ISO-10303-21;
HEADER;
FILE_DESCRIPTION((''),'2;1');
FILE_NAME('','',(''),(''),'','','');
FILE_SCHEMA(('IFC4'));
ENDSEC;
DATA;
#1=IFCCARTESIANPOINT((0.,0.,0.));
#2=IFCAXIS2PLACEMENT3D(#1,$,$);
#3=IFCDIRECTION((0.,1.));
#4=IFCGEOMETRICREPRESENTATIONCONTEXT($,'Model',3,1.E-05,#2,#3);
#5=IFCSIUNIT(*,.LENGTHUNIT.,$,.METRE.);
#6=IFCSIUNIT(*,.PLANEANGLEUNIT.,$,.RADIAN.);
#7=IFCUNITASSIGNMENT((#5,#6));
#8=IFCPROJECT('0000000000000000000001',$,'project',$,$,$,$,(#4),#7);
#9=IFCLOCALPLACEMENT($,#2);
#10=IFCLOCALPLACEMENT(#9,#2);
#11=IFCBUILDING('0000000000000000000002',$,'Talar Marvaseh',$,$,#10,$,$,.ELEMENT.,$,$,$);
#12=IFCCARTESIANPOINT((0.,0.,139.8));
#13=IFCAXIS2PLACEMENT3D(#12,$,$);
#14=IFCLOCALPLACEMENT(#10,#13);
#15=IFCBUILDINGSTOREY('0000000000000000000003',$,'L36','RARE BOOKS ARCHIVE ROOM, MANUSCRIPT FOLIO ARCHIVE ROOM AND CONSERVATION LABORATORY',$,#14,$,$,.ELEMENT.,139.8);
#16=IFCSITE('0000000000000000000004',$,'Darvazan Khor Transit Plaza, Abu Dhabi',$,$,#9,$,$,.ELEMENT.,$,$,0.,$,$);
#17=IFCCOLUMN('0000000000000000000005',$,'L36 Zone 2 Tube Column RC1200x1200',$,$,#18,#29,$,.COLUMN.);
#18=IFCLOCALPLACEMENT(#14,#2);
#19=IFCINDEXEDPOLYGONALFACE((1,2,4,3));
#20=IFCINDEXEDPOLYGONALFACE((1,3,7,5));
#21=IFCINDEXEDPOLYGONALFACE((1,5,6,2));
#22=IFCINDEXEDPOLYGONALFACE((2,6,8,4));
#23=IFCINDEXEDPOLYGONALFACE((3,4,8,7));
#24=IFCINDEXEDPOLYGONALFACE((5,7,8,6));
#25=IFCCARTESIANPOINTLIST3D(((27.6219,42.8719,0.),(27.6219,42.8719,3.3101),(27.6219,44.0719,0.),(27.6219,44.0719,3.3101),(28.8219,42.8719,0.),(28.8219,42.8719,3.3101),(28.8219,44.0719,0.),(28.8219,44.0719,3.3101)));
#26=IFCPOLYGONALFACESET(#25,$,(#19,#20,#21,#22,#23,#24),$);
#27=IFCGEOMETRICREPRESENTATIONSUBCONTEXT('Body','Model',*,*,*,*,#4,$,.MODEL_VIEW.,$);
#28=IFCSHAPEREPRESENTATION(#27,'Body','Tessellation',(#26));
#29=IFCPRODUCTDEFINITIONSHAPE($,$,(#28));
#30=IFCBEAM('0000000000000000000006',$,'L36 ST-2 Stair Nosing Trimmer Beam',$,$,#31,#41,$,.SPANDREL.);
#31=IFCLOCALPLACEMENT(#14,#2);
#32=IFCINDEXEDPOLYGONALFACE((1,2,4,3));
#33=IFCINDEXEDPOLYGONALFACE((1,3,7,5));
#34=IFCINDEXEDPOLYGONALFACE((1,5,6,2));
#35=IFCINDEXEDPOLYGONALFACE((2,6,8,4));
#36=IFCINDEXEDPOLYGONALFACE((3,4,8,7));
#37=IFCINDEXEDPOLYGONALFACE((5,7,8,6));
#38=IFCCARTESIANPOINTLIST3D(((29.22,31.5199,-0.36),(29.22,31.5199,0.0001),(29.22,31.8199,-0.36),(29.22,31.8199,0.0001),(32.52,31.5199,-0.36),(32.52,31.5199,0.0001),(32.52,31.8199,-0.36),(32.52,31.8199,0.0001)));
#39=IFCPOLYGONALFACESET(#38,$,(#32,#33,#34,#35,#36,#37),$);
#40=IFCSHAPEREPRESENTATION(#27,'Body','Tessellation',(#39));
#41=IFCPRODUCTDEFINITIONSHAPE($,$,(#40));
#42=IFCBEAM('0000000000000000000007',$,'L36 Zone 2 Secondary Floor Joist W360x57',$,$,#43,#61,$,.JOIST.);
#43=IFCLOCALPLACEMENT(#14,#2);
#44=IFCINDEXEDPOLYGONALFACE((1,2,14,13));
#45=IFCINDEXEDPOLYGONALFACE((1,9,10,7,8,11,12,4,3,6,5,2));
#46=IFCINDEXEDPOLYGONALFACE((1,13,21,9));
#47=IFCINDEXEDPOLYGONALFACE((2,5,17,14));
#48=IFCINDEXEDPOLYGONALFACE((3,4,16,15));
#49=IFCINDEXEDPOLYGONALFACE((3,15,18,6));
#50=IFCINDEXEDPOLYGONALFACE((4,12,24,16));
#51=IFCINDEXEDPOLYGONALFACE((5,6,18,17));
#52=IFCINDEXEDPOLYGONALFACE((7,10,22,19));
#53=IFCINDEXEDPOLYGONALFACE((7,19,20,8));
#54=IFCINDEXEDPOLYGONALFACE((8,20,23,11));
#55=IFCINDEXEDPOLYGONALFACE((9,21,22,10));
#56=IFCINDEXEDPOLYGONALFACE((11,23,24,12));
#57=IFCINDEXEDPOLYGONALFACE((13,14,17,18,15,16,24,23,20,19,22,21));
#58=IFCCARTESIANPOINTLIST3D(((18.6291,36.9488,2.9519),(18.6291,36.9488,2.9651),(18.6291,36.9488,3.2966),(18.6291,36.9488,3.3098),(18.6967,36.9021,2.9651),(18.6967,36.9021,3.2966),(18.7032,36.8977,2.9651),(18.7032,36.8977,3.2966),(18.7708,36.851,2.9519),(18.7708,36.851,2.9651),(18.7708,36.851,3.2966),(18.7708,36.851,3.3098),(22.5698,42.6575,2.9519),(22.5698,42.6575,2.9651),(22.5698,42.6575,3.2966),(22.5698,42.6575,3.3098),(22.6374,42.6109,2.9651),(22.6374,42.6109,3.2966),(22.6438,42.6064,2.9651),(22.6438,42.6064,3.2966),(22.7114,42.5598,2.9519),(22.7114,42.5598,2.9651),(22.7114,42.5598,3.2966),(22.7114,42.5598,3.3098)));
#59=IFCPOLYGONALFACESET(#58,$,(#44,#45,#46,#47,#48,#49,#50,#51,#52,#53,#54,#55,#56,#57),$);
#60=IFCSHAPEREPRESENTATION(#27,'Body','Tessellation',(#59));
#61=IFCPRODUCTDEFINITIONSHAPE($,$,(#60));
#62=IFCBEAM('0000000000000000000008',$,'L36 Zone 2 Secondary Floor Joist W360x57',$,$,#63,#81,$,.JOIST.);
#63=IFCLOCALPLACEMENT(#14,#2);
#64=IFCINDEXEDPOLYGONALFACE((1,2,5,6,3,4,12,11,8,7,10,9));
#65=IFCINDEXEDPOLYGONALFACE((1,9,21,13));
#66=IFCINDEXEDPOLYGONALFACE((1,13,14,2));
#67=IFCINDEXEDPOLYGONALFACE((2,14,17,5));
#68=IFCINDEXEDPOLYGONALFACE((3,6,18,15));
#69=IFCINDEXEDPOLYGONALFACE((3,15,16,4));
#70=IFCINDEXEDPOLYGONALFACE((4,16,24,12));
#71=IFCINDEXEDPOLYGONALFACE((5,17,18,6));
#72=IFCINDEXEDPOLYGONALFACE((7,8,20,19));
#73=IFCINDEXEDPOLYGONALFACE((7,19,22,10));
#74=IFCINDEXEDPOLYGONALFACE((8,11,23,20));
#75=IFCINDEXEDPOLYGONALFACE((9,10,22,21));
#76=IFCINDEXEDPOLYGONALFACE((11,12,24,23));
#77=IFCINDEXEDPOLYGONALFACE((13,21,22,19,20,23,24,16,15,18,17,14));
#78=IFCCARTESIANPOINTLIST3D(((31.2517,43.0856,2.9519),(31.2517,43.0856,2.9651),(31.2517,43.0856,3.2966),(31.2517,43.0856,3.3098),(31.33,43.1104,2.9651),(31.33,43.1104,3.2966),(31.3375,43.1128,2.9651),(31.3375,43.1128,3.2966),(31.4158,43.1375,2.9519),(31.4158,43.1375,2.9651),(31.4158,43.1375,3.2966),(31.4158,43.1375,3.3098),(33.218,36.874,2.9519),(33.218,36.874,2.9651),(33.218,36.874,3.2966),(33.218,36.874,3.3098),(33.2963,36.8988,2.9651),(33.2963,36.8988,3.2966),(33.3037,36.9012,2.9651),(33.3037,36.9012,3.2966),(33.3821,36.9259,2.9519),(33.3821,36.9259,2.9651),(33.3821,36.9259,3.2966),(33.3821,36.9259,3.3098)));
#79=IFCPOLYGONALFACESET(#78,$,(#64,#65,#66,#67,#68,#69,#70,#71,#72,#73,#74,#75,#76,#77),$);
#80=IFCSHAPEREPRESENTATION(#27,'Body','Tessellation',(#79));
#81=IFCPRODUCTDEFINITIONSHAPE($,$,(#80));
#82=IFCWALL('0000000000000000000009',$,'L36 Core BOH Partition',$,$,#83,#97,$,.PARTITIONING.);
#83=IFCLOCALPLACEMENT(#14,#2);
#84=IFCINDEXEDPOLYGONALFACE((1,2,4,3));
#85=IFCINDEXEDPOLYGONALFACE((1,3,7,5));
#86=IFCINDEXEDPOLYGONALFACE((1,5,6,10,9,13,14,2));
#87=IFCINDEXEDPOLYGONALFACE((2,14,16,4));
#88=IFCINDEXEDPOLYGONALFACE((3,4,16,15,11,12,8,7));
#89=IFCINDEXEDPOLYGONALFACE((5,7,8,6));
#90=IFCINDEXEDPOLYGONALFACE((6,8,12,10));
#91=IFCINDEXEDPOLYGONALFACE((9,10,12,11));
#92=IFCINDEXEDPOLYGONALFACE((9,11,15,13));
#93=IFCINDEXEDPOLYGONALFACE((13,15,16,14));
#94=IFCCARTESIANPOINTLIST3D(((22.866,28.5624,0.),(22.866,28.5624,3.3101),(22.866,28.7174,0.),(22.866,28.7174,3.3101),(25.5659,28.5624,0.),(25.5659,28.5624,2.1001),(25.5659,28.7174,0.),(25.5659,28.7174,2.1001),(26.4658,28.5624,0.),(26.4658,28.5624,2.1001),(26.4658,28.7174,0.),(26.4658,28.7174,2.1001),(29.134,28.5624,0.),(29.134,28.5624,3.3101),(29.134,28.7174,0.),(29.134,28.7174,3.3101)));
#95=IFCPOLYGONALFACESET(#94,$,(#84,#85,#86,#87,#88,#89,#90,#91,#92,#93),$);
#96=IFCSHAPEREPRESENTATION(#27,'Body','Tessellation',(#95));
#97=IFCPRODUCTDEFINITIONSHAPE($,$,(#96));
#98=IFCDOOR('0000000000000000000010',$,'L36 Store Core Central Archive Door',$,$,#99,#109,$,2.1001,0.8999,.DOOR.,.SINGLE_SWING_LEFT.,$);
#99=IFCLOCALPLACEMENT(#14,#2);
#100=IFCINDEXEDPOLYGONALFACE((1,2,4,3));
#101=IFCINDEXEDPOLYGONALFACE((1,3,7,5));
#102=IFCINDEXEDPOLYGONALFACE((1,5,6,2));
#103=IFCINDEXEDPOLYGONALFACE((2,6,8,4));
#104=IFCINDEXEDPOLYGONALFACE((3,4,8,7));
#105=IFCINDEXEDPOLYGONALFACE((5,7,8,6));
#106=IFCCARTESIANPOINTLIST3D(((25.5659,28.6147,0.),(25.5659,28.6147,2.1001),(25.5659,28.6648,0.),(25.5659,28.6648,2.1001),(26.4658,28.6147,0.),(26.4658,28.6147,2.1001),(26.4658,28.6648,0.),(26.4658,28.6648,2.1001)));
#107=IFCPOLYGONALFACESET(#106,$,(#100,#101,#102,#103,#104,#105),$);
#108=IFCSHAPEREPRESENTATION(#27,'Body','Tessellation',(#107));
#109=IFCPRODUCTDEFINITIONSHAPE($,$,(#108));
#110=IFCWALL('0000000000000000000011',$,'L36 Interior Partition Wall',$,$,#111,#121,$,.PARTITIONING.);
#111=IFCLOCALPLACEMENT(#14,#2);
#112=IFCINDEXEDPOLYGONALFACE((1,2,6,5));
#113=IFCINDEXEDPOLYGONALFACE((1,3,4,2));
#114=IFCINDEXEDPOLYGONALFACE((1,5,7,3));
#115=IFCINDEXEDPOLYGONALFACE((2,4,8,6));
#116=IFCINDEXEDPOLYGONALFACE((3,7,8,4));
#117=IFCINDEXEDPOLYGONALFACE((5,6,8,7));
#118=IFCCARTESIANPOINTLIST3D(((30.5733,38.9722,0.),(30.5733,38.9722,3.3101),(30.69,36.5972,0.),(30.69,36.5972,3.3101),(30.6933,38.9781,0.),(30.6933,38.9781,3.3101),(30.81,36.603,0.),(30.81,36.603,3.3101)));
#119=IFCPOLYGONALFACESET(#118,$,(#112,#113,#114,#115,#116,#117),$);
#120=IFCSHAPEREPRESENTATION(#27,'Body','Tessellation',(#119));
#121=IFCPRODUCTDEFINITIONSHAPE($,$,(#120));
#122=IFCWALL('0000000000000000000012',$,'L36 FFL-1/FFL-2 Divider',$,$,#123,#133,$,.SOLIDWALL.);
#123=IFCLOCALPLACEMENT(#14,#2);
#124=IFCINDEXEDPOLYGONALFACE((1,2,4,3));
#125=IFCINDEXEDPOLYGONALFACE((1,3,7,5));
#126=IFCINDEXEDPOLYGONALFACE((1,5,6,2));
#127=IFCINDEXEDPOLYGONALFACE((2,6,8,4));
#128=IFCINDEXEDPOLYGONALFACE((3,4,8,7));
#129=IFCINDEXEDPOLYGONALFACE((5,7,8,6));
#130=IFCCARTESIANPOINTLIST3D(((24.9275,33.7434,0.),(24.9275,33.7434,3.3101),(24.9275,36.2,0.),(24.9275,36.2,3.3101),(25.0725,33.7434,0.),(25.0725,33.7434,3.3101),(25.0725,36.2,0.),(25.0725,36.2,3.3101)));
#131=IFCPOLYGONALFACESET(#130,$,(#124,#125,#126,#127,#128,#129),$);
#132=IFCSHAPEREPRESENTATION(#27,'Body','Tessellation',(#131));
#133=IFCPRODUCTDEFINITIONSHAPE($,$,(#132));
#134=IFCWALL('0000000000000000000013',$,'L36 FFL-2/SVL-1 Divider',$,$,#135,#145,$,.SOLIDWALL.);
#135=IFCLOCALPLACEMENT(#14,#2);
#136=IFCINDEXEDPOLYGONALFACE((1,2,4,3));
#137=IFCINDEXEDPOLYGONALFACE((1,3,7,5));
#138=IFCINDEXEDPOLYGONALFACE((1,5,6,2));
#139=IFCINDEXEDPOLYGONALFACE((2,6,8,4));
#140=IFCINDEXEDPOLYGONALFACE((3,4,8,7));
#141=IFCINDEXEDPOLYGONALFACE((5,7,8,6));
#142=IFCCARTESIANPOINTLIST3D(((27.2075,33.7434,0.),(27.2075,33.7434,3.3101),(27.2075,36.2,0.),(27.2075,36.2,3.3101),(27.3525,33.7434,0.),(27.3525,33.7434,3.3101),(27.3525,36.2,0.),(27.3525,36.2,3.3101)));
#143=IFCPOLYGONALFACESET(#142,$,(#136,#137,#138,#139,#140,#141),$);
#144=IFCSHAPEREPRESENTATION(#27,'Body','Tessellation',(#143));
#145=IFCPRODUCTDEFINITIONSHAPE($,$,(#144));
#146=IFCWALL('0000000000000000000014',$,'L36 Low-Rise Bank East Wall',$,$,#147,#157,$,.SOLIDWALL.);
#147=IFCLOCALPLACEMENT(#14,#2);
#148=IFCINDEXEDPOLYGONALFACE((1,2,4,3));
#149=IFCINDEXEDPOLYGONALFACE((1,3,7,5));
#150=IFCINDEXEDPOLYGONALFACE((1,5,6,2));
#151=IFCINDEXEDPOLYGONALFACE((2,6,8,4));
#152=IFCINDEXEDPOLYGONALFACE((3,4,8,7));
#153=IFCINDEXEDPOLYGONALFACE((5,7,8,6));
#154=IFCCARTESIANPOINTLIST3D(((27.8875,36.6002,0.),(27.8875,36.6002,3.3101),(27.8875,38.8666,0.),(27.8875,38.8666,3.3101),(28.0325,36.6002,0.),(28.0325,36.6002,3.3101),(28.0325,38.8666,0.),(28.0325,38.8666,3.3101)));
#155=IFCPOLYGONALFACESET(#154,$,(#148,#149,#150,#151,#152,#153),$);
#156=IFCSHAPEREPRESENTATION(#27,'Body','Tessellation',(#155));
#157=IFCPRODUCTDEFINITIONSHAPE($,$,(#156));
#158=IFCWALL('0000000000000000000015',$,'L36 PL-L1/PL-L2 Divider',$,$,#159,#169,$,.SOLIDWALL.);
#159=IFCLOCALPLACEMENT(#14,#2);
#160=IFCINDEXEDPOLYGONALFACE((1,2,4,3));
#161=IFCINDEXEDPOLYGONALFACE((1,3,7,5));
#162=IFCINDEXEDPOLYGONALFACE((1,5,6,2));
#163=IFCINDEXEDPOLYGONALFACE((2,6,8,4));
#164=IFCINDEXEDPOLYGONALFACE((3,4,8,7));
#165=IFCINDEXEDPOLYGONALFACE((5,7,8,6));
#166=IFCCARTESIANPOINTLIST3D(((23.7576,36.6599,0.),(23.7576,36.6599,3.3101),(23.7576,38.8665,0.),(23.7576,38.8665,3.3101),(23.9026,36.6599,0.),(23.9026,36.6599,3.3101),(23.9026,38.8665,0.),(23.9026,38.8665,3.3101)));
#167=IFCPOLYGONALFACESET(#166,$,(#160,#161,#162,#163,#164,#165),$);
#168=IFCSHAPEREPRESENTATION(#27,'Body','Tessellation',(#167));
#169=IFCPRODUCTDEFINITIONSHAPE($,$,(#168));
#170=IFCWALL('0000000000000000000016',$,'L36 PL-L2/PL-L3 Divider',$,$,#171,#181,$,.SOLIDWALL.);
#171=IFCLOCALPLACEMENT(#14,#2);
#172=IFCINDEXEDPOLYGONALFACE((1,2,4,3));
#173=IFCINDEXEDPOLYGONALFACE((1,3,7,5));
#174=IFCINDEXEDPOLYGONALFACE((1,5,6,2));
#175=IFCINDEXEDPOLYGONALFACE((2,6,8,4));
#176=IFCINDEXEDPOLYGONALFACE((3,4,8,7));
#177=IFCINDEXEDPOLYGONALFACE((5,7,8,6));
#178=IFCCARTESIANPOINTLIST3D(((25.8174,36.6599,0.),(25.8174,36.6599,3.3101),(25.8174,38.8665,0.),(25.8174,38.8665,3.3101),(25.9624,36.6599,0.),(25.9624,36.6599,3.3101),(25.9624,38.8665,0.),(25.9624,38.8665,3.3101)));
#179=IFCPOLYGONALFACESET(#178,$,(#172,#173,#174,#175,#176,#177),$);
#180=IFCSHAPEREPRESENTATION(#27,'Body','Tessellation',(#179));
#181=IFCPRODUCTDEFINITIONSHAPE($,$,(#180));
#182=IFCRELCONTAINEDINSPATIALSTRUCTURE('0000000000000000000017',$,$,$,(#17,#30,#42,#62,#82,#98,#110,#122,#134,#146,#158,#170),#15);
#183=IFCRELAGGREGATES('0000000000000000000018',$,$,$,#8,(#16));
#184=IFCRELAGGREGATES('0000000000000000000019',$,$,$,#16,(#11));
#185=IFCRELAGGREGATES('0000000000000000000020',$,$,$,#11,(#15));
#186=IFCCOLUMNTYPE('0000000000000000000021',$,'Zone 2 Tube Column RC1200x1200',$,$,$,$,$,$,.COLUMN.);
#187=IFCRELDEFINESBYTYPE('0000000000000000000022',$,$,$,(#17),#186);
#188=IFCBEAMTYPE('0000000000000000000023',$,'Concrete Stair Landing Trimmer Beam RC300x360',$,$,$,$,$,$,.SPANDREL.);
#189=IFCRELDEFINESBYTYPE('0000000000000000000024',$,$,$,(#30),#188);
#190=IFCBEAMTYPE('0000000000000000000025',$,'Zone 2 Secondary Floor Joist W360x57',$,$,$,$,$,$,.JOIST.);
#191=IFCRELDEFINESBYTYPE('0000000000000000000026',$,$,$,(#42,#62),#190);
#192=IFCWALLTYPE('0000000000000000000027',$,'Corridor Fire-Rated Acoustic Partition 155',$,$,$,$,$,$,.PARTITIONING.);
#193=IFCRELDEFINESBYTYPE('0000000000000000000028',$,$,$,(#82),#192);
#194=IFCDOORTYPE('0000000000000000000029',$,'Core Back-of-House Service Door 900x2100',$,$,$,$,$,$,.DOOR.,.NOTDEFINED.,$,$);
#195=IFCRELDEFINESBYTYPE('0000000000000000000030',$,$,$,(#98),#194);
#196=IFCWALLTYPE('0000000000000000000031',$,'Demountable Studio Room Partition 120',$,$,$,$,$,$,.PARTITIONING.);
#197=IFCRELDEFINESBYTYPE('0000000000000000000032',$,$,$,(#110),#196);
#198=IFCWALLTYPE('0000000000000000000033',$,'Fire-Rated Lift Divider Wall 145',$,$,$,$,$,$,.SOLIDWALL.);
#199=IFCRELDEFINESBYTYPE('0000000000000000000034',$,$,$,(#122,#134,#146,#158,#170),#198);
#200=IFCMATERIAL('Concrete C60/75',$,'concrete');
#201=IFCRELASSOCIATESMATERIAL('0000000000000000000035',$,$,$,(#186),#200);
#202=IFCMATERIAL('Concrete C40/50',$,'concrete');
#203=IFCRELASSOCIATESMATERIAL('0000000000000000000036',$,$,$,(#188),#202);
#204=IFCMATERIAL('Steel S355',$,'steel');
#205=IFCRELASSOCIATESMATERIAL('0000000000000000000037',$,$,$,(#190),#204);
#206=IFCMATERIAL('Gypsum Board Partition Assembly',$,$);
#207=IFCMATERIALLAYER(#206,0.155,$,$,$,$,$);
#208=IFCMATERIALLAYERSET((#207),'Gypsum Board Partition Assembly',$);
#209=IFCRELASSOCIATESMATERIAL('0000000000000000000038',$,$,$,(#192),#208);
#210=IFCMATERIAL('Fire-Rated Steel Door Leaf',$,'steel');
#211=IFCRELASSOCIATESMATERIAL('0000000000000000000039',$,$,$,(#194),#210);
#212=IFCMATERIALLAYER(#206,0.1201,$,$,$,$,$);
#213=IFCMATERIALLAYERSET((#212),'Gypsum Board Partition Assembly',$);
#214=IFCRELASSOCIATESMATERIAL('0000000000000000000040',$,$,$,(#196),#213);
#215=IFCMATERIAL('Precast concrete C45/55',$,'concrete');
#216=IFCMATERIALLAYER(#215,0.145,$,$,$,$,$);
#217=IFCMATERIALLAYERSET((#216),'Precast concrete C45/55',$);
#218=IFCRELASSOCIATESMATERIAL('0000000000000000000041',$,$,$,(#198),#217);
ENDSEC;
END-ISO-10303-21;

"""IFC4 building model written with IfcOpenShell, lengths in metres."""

from ifc_helpers import new_model, si_unit, direction, frame, frame_2d, origin, origin_2d, place, context, subcontext, project, spatial, rectangle, i_section, extrude, source, transform, mapped, material, layer, layer_set, material_profile, profile_set, type_object, type_shapes, element, fill, save


model = new_model("IFC4")

# Units and contexts
model_context = context("Model", 3, precision=1e-05, world=origin(), true_north=direction((0.0, 1.0)))
body_context = subcontext(model_context, "Body", "Model", "MODEL_VIEW")
ifc_project = project(units=[si_unit("LENGTHUNIT", "METRE"), si_unit("PLANEANGLEUNIT", "RADIAN")], contexts=[model_context])

# Site, building, storey
site_placement = place(None, origin())
site = spatial("IfcSite", under=ifc_project, at=site_placement, Name="Darvazan Khor Transit Plaza, Abu Dhabi", CompositionType="ELEMENT", RefElevation=0.0)
building_placement = place(site_placement, origin())
building = spatial("IfcBuilding", under=site, at=building_placement, Name="Talar Marvaseh", CompositionType="ELEMENT")
storey_placement = place(building_placement, frame((0.0, 0.0, 139.8)))
storey = spatial("IfcBuildingStorey", under=building, at=storey_placement, Name="L36", Description="RARE BOOKS ARCHIVE ROOM, MANUSCRIPT FOLIO ARCHIVE ROOM AND CONSERVATION LABORATORY", CompositionType="ELEMENT", Elevation=139.8)

# Column
ifc_material_1 = material(Name="Concrete C60/75", Category="concrete")
ifc_material_profile_1 = material_profile(ifc_material_1, rectangle(XDim=1.2, YDim=1.2, at=origin_2d()), Name="RC1200x1200")
ifc_profile_set_1 = profile_set([ifc_material_profile_1], Name="Concrete C60/75")
column_type = type_object("IfcColumnType", Name="Zone 2 Tube Column RC1200x1200", PredefinedType="COLUMN", material=ifc_profile_set_1)
column_placement = place(storey_placement, frame((28.2219, 43.4719, 0.0), z_axis=(0.0, 0.0, 1.0), x_axis=(1.0, 0.0, 0.0)))
element("IfcColumn", 1, at=column_placement, inside=storey, type_object=column_type, Name="L36 Zone 2 Tube Column RC1200x1200", PredefinedType="COLUMN", context=body_context, shape_type="SweptSolid", body=[
    extrude(rectangle(XDim=1.2, YDim=1.2, at=origin_2d()), origin(), (0.0, 0.0, 1.0), 3.3101),
])

# Beams
ifc_material_2 = material(Name="Concrete C40/50", Category="concrete")
ifc_material_profile_2 = material_profile(ifc_material_2, rectangle(XDim=0.3, YDim=0.3601, at=origin_2d()), Name="RC300x360")
ifc_profile_set_2 = profile_set([ifc_material_profile_2], Name="Concrete C40/50")
beam_type_1 = type_object("IfcBeamType", Name="Concrete Stair Landing Trimmer Beam RC300x360", PredefinedType="SPANDREL", material=ifc_profile_set_2)
beam_1_placement = place(storey_placement, frame((29.22, 31.6699, -0.1799), z_axis=(1.0, 0.0, 0.0), x_axis=(0.0, 1.0, 0.0)))
element("IfcBeam", 2, at=beam_1_placement, inside=storey, type_object=beam_type_1, Name="L36 ST-2 Stair Nosing Trimmer Beam", PredefinedType="SPANDREL", context=body_context, shape_type="SweptSolid", body=[
    extrude(rectangle(XDim=0.3, YDim=0.3601, at=origin_2d()), origin(), (0.0, 0.0, 1.0), 3.3),
])
ifc_material_3 = material(Name="Steel S355", Category="steel")
ifc_material_profile_3 = material_profile(ifc_material_3, i_section(OverallWidth=0.1721, OverallDepth=0.3579, WebThickness=0.0078, FlangeThickness=0.0132, at=origin_2d()), Name="W360x57")
ifc_profile_set_3 = profile_set([ifc_material_profile_3], Name="Steel S355")
beam_type_2 = type_object("IfcBeamType", Name="Zone 2 Secondary Floor Joist W360x57", PredefinedType="JOIST", material=ifc_profile_set_3)
beam_2_placement = place(storey_placement, frame((22.6406, 42.6086, 3.1309), z_axis=(-0.568086, -0.822969, 0.0), x_axis=(0.822969, -0.568086, 0.0)))
element("IfcBeam", 3, at=beam_2_placement, inside=storey, type_object=beam_type_2, Name="L36 Zone 2 Secondary Floor Joist W360x57", PredefinedType="JOIST", context=body_context, shape_type="SweptSolid", body=[
    extrude(i_section(OverallWidth=0.1721, OverallDepth=0.3579, WebThickness=0.0078, FlangeThickness=0.0132, at=origin_2d()), origin(), (0.0, 0.0, 1.0), 6.9368),
])
beam_3_placement = place(storey_placement, frame((31.3337, 43.1116, 3.1309), z_axis=(0.301791, -0.953374, 0.0), x_axis=(0.953374, 0.301791, 0.0)))
element("IfcBeam", 4, at=beam_3_placement, inside=storey, type_object=beam_type_2, Name="L36 Zone 2 Secondary Floor Joist W360x57", PredefinedType="JOIST", context=body_context, shape_type="SweptSolid", body=[
    extrude(i_section(OverallWidth=0.1721, OverallDepth=0.3579, WebThickness=0.0078, FlangeThickness=0.0132, at=origin_2d()), origin(), (0.0, 0.0, 1.0), 6.5154),
])

# Wall, opening, door
ifc_material_4 = material(Name="Gypsum Board Partition Assembly")
ifc_layer_1 = layer(ifc_material_4, 0.155)
ifc_layer_set_1 = layer_set([ifc_layer_1], Name="Gypsum Board Partition Assembly")
wall_type_1 = type_object("IfcWallType", Name="Corridor Fire-Rated Acoustic Partition 155", PredefinedType="PARTITIONING", material=ifc_layer_set_1)
wall_1_placement = place(storey_placement, frame((22.866, 28.6399, 0.0), z_axis=(0.0, 0.0, 1.0), x_axis=(1.0, 0.0, 0.0)))
wall_1 = element("IfcWall", 5, at=wall_1_placement, inside=storey, type_object=wall_type_1, Name="L36 Core BOH Partition", PredefinedType="PARTITIONING", context=body_context, shape_type="SweptSolid", body=[
    extrude(rectangle(XDim=6.2681, YDim=0.155, at=frame_2d((3.134, 0.0))), origin(), (0.0, 0.0, 1.0), 3.3101),
])
opening_1_placement = place(wall_1_placement, frame((2.7, 0.0, 0.0)))
opening_1 = element("IfcOpeningElement", 6, at=opening_1_placement, cuts=wall_1, PredefinedType="OPENING", context=body_context, shape_type="SweptSolid", body=[
    extrude(rectangle(XDim=0.8999, YDim=2.1001, at=frame_2d((0.45, 1.05))), frame((0.0, 0.0874, 0.0), z_axis=(0.0, -1.0, 0.0), x_axis=(1.0, 0.0, 0.0)), (0.0, 0.0, 1.0), 0.175),
])
ifc_material_5 = material(Name="Fire-Rated Steel Door Leaf", Category="steel")
door_type_1 = type_object("IfcDoorType", Name="Core Back-of-House Service Door 900x2100", OperationType="NOTDEFINED", PredefinedType="DOOR", material=ifc_material_5)
shared_shape_1 = source(origin(), body_context, "Body", "SweptSolid", [
    extrude(rectangle(XDim=0.8999, YDim=2.1001, at=frame_2d((0.45, 1.05))), frame((0.0, 0.0249, 0.0), z_axis=(0.0, -1.0, 0.0), x_axis=(1.0, 0.0, 0.0)), (0.0, 0.0, 1.0), 0.05),
])
type_shapes(door_type_1, [shared_shape_1])
door_1_placement = place(opening_1_placement, origin())
door_1 = element("IfcDoor", 7, at=door_1_placement, inside=storey, type_object=door_type_1, Name="L36 Store Core Central Archive Door", OperationType="SINGLE_SWING_LEFT", OverallHeight=2.1001, OverallWidth=0.8999, PredefinedType="DOOR", context=body_context, shape_type="MappedRepresentation", body=[
    mapped(shared_shape_1, transform((0.0, 0.0, 0.0), x_axis=(1.0, 0.0, 0.0), y_axis=(0.0, 1.0, 0.0), z_axis=(0.0, 0.0, 1.0), scale=1.0)),
])
fill(opening_1, door_1)

# Walls
ifc_layer_2 = layer(ifc_material_4, 0.1201)
ifc_layer_set_2 = layer_set([ifc_layer_2], Name="Gypsum Board Partition Assembly")
wall_type_2 = type_object("IfcWallType", Name="Demountable Studio Room Partition 120", PredefinedType="PARTITIONING", material=ifc_layer_set_2)
wall_2_placement = place(storey_placement, frame((30.75, 36.6001, 0.0), z_axis=(0.0, 0.0, 1.0), x_axis=(-0.049077, 0.998795, 0.0)))
element("IfcWall", 8, at=wall_2_placement, inside=storey, type_object=wall_type_2, Name="L36 Interior Partition Wall", PredefinedType="PARTITIONING", context=body_context, shape_type="SweptSolid", body=[
    extrude(rectangle(XDim=2.3779, YDim=0.1201, at=frame_2d((1.189, 0.0))), origin(), (0.0, 0.0, 1.0), 3.3101),
])
ifc_material_6 = material(Name="Precast concrete C45/55", Category="concrete")
ifc_layer_3 = layer(ifc_material_6, 0.145)
ifc_layer_set_3 = layer_set([ifc_layer_3], Name="Precast concrete C45/55")
wall_type_3 = type_object("IfcWallType", Name="Fire-Rated Lift Divider Wall 145", PredefinedType="SOLIDWALL", material=ifc_layer_set_3)
for number, where, z_axis, x_axis, name in (
    (9, (25.0, 33.7434, 0.0), (0.0, 0.0, 1.0), (0.0, 1.0, 0.0), "L36 FFL-1/FFL-2 Divider"),
    (10, (27.28, 33.7434, 0.0), (0.0, 0.0, 1.0), (0.0, 1.0, 0.0), "L36 FFL-2/SVL-1 Divider"),
):
    element("IfcWall", number, at=place(storey_placement, frame(where, z_axis=z_axis, x_axis=x_axis)), inside=storey, type_object=wall_type_3, Name=name, PredefinedType="SOLIDWALL", context=body_context, shape_type="SweptSolid", body=[
        extrude(rectangle(XDim=2.4565, YDim=0.145, at=frame_2d((1.2283, 0.0))), origin(), (0.0, 0.0, 1.0), 3.3101),
    ])
wall_3_placement = place(storey_placement, frame((27.96, 36.6001, 0.0), z_axis=(0.0, 0.0, 1.0), x_axis=(0.0, 1.0, 0.0)))
element("IfcWall", 11, at=wall_3_placement, inside=storey, type_object=wall_type_3, Name="L36 Low-Rise Bank East Wall", PredefinedType="SOLIDWALL", context=body_context, shape_type="SweptSolid", body=[
    extrude(rectangle(XDim=2.2664, YDim=0.145, at=frame_2d((1.1333, 0.0))), origin(), (0.0, 0.0, 1.0), 3.3101),
])
for number, where, z_axis, x_axis, name in (
    (12, (23.8301, 36.6599, 0.0), (0.0, 0.0, 1.0), (0.0, 1.0, 0.0), "L36 PL-L1/PL-L2 Divider"),
    (13, (25.8899, 36.6599, 0.0), (0.0, 0.0, 1.0), (0.0, 1.0, 0.0), "L36 PL-L2/PL-L3 Divider"),
):
    element("IfcWall", number, at=place(storey_placement, frame(where, z_axis=z_axis, x_axis=x_axis)), inside=storey, type_object=wall_type_3, Name=name, PredefinedType="SOLIDWALL", context=body_context, shape_type="SweptSolid", body=[
        extrude(rectangle(XDim=2.2065, YDim=0.145, at=frame_2d((1.1033, 0.0))), origin(), (0.0, 0.0, 1.0), 3.3101),
    ])

save(model, "model.ifc")
